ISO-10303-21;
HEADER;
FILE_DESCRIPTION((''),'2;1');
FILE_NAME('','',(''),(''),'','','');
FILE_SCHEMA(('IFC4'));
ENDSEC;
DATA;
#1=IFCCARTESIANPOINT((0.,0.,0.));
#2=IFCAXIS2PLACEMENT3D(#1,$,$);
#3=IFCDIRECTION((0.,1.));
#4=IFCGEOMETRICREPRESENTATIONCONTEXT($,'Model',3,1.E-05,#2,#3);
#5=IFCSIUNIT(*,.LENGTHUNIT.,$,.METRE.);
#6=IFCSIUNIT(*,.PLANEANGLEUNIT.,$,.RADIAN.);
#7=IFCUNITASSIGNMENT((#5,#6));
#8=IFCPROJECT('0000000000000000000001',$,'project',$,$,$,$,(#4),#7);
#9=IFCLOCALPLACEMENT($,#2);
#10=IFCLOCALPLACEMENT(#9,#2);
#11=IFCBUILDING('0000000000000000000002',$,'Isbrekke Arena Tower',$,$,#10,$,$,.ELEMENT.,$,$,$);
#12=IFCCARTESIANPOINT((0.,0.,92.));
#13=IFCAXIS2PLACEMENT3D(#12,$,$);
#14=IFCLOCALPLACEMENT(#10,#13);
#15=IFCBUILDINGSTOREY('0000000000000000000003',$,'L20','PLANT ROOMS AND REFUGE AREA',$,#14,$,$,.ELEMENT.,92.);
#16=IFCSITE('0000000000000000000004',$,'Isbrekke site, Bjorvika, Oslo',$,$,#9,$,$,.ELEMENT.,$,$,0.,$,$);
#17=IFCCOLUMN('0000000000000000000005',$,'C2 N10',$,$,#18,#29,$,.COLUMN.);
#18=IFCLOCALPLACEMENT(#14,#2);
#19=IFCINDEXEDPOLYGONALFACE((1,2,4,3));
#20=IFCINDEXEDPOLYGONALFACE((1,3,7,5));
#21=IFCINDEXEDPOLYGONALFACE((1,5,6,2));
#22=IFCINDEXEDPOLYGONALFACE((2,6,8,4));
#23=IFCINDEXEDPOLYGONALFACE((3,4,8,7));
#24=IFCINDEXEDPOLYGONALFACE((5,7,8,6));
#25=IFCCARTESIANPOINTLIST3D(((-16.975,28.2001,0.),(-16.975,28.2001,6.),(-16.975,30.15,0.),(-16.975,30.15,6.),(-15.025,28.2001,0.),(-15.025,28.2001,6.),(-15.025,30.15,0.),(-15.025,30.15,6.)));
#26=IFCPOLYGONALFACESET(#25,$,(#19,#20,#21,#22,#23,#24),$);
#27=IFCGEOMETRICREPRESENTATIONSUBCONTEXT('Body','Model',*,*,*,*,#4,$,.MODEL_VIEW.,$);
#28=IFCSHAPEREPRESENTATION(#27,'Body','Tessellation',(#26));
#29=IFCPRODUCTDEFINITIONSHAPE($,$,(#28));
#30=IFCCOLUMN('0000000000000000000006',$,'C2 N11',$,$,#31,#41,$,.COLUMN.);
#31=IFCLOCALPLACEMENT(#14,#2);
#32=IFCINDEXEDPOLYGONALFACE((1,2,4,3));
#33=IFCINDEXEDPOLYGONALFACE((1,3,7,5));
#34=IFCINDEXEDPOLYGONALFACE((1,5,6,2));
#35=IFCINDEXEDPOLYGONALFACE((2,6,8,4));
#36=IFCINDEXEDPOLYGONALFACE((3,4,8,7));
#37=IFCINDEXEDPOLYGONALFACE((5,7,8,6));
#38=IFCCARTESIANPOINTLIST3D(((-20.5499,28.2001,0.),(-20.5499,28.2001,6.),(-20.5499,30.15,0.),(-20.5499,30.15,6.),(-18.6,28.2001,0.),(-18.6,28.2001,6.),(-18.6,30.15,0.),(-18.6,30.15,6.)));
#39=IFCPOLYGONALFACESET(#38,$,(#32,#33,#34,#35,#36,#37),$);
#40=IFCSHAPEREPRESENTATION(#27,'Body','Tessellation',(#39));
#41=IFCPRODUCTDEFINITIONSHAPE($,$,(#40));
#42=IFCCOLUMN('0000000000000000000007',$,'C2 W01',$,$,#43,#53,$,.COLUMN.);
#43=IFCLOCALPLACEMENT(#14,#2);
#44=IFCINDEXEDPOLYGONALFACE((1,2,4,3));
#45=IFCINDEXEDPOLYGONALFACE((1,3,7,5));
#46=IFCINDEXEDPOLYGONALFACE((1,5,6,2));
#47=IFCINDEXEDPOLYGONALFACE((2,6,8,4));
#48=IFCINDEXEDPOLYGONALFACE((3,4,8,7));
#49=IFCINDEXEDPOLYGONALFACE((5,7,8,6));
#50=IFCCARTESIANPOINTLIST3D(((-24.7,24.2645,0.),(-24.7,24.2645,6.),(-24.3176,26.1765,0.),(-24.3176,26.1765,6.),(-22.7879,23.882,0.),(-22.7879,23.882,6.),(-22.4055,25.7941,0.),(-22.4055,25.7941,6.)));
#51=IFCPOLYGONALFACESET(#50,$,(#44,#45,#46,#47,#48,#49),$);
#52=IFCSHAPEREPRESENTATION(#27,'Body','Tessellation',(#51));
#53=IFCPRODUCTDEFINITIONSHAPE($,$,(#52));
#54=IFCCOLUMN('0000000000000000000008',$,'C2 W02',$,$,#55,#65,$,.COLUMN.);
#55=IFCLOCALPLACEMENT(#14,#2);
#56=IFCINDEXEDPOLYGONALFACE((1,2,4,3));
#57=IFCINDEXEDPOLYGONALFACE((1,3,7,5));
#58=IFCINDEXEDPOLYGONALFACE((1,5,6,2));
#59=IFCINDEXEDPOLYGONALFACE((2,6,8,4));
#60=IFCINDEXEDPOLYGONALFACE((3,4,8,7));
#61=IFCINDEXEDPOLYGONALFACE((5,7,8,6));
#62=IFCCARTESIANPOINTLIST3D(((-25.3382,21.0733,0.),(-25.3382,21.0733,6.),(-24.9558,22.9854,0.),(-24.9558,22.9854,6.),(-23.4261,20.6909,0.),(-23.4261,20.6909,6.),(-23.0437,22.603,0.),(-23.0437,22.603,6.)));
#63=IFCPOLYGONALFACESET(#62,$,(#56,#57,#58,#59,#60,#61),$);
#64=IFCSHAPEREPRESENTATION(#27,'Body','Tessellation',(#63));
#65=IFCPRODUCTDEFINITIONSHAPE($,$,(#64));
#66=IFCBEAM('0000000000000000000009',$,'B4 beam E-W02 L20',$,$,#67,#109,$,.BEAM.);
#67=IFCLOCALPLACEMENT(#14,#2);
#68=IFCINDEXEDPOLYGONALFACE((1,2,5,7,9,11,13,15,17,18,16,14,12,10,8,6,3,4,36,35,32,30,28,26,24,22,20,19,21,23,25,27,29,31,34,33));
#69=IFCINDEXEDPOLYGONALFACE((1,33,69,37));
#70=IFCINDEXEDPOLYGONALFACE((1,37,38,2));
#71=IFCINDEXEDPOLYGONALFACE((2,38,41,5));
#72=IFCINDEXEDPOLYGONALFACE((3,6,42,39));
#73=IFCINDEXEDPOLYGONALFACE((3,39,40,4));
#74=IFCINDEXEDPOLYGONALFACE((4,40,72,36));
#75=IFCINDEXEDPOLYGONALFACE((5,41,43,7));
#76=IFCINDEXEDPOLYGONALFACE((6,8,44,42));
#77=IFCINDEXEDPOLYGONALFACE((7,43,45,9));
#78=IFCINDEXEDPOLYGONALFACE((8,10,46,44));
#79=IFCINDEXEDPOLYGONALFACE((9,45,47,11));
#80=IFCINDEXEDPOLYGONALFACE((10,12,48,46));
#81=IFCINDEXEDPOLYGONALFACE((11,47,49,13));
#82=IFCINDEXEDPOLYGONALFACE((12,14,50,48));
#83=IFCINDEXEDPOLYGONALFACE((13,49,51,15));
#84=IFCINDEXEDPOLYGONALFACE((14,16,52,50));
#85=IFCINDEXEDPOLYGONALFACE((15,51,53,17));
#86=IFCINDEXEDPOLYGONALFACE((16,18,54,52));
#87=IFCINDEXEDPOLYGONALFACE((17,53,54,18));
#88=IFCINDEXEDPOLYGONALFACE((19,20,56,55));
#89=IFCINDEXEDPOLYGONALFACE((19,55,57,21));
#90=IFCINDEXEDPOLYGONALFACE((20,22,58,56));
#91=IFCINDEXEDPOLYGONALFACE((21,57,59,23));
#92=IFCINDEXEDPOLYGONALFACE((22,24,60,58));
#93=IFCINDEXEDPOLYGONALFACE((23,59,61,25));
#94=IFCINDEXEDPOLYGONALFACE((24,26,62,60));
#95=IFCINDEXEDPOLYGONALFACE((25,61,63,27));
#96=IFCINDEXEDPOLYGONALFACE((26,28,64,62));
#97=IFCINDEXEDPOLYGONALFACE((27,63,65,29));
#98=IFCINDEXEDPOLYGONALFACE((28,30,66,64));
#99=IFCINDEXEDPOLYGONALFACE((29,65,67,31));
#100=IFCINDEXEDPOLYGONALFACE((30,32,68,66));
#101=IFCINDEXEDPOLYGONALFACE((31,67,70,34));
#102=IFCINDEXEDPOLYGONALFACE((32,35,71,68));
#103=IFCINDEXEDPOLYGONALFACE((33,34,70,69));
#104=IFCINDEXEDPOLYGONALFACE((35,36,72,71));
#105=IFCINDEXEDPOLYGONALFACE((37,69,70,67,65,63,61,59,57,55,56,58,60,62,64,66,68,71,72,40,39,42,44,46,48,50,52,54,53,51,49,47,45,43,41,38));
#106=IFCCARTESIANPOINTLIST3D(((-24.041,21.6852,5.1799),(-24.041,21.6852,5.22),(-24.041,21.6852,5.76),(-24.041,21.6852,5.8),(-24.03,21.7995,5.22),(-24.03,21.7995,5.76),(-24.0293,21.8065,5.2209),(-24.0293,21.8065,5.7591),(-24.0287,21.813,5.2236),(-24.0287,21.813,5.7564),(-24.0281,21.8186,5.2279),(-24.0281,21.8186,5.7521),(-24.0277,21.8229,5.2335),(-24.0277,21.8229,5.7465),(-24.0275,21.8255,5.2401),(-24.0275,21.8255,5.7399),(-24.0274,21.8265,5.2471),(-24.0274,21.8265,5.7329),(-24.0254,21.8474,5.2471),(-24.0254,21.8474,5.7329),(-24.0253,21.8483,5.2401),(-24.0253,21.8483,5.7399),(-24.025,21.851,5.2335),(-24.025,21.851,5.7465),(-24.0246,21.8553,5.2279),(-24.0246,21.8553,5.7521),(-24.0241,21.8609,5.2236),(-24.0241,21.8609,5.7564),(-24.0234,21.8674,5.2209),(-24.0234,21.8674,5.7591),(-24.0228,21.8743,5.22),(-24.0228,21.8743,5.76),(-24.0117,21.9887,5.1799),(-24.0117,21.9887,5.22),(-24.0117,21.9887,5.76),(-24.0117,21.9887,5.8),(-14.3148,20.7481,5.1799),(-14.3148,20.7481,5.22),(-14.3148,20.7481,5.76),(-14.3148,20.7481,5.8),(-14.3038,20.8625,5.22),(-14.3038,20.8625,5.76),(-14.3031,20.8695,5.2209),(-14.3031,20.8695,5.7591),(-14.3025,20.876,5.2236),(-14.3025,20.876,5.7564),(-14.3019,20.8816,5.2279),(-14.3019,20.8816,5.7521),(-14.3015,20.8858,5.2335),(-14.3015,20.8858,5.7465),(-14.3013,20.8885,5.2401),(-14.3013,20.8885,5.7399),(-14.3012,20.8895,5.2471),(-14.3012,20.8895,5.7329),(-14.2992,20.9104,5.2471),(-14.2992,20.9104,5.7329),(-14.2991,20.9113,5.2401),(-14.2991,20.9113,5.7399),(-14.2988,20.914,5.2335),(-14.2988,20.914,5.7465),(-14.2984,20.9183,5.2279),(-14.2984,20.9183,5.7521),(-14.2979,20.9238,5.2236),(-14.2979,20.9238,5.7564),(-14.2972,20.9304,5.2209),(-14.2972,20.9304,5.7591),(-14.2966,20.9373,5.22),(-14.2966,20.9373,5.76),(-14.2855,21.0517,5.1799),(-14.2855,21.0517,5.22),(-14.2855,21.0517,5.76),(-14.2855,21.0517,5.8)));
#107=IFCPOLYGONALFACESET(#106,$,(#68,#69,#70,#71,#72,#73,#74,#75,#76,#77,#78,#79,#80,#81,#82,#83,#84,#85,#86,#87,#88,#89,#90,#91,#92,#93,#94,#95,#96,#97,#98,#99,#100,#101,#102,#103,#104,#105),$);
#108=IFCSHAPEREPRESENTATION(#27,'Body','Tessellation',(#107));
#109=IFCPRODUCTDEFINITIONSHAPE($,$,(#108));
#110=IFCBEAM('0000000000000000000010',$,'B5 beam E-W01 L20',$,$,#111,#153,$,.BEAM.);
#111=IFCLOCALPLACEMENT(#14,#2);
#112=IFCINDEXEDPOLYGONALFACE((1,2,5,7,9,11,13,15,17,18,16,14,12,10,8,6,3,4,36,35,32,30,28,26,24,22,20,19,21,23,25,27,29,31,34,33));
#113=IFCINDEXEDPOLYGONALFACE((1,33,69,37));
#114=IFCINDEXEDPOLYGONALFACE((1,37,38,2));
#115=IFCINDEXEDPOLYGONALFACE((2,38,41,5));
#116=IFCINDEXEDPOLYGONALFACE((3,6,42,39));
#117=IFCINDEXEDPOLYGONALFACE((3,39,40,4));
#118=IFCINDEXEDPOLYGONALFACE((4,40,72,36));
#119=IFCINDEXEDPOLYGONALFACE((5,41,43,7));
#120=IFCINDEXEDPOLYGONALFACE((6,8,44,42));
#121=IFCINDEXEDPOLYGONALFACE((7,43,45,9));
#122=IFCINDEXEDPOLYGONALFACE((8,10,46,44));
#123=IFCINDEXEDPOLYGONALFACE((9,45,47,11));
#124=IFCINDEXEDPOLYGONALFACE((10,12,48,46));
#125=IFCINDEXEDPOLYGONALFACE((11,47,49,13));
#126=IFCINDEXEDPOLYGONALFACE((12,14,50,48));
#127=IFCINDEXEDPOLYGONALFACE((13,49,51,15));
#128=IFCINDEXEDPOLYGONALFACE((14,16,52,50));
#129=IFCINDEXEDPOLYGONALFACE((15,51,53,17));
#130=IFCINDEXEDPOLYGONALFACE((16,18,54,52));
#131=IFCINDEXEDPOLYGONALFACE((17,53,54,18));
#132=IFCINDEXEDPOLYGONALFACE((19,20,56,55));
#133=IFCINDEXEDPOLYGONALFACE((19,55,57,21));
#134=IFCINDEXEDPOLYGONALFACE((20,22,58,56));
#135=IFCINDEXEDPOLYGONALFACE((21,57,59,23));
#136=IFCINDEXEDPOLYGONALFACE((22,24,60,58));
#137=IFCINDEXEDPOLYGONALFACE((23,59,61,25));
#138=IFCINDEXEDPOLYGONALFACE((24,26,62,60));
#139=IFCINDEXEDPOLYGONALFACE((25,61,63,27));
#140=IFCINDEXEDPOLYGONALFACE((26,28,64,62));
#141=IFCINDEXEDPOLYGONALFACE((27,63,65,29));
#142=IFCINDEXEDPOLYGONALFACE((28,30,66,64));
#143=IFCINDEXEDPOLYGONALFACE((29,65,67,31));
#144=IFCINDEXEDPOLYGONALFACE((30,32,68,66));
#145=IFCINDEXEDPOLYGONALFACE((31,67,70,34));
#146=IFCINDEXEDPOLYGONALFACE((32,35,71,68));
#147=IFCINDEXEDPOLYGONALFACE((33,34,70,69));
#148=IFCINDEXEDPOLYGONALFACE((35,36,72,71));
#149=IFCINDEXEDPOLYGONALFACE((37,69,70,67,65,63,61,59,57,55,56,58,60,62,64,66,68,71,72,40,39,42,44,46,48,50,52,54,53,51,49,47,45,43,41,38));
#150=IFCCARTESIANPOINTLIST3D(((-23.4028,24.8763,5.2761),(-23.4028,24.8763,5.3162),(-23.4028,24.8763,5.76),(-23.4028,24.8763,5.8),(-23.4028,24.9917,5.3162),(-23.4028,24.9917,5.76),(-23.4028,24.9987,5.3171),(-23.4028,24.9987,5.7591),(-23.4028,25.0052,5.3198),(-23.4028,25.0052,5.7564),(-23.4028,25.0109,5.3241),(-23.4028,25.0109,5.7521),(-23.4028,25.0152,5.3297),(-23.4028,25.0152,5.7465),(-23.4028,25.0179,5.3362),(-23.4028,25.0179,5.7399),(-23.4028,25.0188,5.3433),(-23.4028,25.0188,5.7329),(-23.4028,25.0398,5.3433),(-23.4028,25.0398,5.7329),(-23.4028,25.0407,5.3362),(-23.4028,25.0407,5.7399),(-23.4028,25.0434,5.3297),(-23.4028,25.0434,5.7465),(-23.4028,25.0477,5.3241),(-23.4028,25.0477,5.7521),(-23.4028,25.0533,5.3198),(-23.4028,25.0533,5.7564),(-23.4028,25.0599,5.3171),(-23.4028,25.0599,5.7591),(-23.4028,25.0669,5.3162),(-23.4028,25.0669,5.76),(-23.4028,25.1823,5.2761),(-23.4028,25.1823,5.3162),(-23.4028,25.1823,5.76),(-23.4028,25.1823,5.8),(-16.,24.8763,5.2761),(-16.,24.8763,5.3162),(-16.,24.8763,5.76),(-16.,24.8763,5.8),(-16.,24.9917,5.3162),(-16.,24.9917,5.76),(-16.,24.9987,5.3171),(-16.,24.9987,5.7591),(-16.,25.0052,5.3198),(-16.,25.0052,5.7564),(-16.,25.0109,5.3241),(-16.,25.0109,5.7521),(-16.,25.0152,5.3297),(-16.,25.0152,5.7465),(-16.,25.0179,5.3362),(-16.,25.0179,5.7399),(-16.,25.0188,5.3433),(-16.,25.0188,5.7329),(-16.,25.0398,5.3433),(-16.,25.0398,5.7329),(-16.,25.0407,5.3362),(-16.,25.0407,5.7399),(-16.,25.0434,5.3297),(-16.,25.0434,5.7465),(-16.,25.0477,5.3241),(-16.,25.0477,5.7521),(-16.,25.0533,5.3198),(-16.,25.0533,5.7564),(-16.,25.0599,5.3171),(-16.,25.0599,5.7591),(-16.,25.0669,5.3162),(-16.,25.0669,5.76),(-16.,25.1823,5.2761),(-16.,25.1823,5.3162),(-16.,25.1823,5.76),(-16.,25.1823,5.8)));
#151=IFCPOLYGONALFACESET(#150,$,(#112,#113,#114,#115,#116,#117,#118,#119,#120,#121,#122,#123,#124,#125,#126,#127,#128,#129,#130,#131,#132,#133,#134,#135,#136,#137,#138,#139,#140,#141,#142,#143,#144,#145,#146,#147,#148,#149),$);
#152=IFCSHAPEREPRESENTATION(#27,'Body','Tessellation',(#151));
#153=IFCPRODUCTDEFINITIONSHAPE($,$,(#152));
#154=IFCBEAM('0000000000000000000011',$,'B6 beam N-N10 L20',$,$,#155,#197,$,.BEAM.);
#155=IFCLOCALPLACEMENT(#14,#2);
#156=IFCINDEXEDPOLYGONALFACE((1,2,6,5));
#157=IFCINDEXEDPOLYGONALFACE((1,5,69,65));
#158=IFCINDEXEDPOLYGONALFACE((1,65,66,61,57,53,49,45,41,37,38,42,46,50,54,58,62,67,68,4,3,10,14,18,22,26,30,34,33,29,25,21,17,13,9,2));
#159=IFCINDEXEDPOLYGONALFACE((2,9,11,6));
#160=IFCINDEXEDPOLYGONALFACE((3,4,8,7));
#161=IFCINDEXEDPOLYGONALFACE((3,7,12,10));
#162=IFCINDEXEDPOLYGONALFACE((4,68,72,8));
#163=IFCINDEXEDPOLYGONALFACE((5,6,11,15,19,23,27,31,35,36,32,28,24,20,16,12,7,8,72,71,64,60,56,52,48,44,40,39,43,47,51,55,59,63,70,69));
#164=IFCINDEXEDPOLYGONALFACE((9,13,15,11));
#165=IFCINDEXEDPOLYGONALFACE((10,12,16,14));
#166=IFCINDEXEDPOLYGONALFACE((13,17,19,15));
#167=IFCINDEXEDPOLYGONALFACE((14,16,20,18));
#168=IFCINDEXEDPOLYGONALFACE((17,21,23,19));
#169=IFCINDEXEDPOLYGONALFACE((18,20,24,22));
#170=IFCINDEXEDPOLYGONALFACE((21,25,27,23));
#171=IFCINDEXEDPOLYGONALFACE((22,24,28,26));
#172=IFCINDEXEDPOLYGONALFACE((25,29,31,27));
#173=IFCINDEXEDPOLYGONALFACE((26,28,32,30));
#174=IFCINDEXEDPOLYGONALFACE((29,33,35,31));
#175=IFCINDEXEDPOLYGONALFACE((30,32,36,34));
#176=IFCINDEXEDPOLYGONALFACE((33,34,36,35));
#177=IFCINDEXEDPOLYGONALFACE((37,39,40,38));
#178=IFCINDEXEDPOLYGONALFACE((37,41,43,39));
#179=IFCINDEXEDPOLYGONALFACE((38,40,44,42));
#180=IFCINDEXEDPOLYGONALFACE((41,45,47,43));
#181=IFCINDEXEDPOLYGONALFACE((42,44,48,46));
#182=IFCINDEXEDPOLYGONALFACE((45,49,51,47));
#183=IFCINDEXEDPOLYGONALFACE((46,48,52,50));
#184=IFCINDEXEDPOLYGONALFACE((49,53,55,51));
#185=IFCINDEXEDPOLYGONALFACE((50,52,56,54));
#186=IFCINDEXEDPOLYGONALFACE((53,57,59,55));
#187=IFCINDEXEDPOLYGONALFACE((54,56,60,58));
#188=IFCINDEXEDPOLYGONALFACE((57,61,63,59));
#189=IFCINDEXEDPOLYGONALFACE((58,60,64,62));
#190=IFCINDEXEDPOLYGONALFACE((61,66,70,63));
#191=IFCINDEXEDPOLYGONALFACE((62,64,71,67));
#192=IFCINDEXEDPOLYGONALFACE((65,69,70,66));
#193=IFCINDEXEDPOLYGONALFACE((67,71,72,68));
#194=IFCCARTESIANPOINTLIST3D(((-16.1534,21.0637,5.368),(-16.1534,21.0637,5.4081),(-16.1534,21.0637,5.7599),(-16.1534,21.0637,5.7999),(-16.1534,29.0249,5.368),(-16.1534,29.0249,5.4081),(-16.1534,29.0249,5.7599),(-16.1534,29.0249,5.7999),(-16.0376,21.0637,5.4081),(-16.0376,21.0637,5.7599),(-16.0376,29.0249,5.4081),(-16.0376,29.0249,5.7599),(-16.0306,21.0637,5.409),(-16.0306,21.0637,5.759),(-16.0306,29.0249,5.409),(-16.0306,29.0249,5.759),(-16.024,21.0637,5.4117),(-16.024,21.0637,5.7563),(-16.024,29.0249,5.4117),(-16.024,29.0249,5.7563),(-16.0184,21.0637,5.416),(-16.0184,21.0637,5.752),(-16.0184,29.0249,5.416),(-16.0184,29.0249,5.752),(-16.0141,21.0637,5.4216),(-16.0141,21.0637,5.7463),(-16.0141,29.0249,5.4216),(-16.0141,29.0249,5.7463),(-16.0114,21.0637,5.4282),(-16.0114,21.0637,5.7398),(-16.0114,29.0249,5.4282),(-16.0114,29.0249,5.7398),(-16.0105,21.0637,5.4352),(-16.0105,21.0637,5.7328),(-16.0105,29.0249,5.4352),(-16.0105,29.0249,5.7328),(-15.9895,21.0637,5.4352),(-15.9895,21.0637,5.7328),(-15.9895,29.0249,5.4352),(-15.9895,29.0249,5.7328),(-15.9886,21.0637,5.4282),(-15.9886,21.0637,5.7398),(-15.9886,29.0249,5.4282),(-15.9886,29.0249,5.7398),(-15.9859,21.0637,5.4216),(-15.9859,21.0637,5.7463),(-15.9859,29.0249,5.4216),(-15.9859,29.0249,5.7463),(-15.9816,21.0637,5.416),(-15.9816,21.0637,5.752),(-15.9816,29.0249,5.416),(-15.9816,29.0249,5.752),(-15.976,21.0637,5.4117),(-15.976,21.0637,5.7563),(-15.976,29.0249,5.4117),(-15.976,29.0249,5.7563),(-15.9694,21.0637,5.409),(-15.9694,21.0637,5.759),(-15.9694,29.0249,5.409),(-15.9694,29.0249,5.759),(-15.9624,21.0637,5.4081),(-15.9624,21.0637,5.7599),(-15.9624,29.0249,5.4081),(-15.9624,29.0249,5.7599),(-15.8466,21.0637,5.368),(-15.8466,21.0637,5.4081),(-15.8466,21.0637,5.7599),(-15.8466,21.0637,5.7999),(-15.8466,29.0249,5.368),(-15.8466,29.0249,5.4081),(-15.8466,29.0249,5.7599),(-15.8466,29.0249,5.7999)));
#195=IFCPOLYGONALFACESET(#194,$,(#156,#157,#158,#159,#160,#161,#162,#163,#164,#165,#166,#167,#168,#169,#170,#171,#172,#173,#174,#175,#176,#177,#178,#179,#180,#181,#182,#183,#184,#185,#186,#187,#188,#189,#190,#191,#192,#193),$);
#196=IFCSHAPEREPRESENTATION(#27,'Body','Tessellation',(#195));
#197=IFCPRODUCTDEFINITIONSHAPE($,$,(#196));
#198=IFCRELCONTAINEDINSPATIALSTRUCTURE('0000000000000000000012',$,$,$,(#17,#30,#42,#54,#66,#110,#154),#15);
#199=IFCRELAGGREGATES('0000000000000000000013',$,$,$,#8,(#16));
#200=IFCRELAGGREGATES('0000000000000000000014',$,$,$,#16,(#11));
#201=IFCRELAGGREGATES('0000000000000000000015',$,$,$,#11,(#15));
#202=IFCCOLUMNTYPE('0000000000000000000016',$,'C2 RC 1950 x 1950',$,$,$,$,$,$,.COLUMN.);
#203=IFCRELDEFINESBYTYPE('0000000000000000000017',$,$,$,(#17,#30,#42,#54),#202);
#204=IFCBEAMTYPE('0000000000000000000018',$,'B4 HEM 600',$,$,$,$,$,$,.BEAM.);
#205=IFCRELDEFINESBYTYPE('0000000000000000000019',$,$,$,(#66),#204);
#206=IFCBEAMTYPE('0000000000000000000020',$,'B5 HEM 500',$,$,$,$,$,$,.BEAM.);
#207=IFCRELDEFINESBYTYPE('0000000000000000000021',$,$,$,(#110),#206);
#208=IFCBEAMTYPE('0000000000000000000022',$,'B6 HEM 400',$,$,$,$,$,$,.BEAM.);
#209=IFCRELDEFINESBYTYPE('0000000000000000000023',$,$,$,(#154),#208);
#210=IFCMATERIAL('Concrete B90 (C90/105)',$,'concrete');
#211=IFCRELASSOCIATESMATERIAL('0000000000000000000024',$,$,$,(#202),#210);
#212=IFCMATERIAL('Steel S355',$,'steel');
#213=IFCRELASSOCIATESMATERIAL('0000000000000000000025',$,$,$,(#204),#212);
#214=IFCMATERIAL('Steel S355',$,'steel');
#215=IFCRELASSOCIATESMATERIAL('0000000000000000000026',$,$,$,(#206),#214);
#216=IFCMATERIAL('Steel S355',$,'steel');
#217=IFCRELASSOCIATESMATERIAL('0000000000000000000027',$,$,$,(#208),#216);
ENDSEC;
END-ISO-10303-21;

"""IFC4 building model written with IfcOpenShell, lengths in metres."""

from ifc_helpers import new_model, si_unit, direction, frame, origin, origin_2d, place, context, subcontext, project, spatial, rectangle, i_section, extrude, material, material_profile, profile_set, type_object, element, save


model = new_model("IFC4")

# Units and contexts
model_context = context("Model", 3, precision=1e-05, world=origin(), true_north=direction((0.0, 1.0)))
body_context = subcontext(model_context, "Body", "Model", "MODEL_VIEW")
ifc_project = project(units=[si_unit("LENGTHUNIT", "METRE"), si_unit("PLANEANGLEUNIT", "RADIAN")], contexts=[model_context])

# Site, building, storey
site_placement = place(None, origin())
site = spatial("IfcSite", under=ifc_project, at=site_placement, Name="Isbrekke site, Bjorvika, Oslo", CompositionType="ELEMENT", RefElevation=0.0)
building_placement = place(site_placement, origin())
building = spatial("IfcBuilding", under=site, at=building_placement, Name="Isbrekke Arena Tower", CompositionType="ELEMENT")
storey_placement = place(building_placement, frame((0.0, 0.0, 92.0)))
storey = spatial("IfcBuildingStorey", under=building, at=storey_placement, Name="L20", Description="PLANT ROOMS AND REFUGE AREA", CompositionType="ELEMENT", Elevation=92.0)

# Columns
ifc_material_1 = material(Name="Concrete B90 (C90/105)", Category="concrete")
ifc_material_profile_1 = material_profile(ifc_material_1, rectangle(XDim=1.95, YDim=1.95, at=origin_2d()), Name="RC 1950x1950")
ifc_profile_set_1 = profile_set([ifc_material_profile_1], Name="Concrete B90 (C90/105)")
column_type = type_object("IfcColumnType", Name="C2 RC 1950 x 1950", PredefinedType="COLUMN", material=ifc_profile_set_1)
for number, where, z_axis, x_axis, name in (
    (1, (-16.0, 29.175, 0.0), (0.0, 0.0, 1.0), (-1.0, 0.0, 0.0), "C2 N10"),
    (2, (-19.575, 29.175, 0.0), (0.0, 0.0, 1.0), (-1.0, 0.0, 0.0), "C2 N11"),
    (3, (-23.5527, 25.0293, 0.0), (0.0, 0.0, 1.0), (-0.196116, -0.980581, 0.0), "C2 W01"),
    (4, (-24.1909, 21.8381, 0.0), (0.0, 0.0, 1.0), (-0.196116, -0.980581, 0.0), "C2 W02"),
):
    element("IfcColumn", number, at=place(storey_placement, frame(where, z_axis=z_axis, x_axis=x_axis)), inside=storey, type_object=column_type, Name=name, PredefinedType="COLUMN", context=body_context, shape_type="SweptSolid", body=[
        extrude(rectangle(XDim=1.95, YDim=1.95, at=origin_2d()), origin(), (0.0, 0.0, 1.0), 6.0),
    ])

# Beams
ifc_material_2 = material(Name="Steel S355", Category="steel")
ifc_material_profile_2 = material_profile(ifc_material_2, i_section(OverallWidth=0.3049, OverallDepth=0.6201, WebThickness=0.021, FlangeThickness=0.04, FilletRadius=0.0271, at=origin_2d()), Name="HEM 600")
ifc_profile_set_2 = profile_set([ifc_material_profile_2], Name="Steel S355")
beam_type_1 = type_object("IfcBeamType", Name="B4 HEM 600", PredefinedType="BEAM", material=ifc_profile_set_2)
beam_1_placement = place(storey_placement, frame((-24.0264, 21.8369, 5.49), z_axis=(0.995392, -0.095894, 0.0), x_axis=(0.095894, 0.995392, 0.0)))
element("IfcBeam", 5, at=beam_1_placement, inside=storey, type_object=beam_type_1, Name="B4 beam E-W02 L20", PredefinedType="BEAM", context=body_context, shape_type="SweptSolid", body=[
    extrude(i_section(OverallWidth=0.3049, OverallDepth=0.6201, WebThickness=0.021, FlangeThickness=0.04, FilletRadius=0.0271, at=origin_2d()), origin(), (0.0, 0.0, 1.0), 9.7712),
])
ifc_material_3 = material(Name="Steel S355", Category="steel")
ifc_material_profile_3 = material_profile(ifc_material_3, i_section(OverallWidth=0.3059, OverallDepth=0.5239, WebThickness=0.021, FlangeThickness=0.04, FilletRadius=0.0271, at=origin_2d()), Name="HEM 500")
ifc_profile_set_3 = profile_set([ifc_material_profile_3], Name="Steel S355")
beam_type_2 = type_object("IfcBeamType", Name="B5 HEM 500", PredefinedType="BEAM", material=ifc_profile_set_3)
beam_2_placement = place(storey_placement, frame((-23.4028, 25.0293, 5.5381), z_axis=(1.0, 0.0, 0.0), x_axis=(0.0, 1.0, 0.0)))
element("IfcBeam", 6, at=beam_2_placement, inside=storey, type_object=beam_type_2, Name="B5 beam E-W01 L20", PredefinedType="BEAM", context=body_context, shape_type="SweptSolid", body=[
    extrude(i_section(OverallWidth=0.3059, OverallDepth=0.5239, WebThickness=0.021, FlangeThickness=0.04, FilletRadius=0.0271, at=origin_2d()), origin(), (0.0, 0.0, 1.0), 7.4028),
])
ifc_material_4 = material(Name="Steel S355", Category="steel")
ifc_material_profile_4 = material_profile(ifc_material_4, i_section(OverallWidth=0.3069, OverallDepth=0.4319, WebThickness=0.021, FlangeThickness=0.04, FilletRadius=0.0271, at=origin_2d()), Name="HEM 400")
ifc_profile_set_4 = profile_set([ifc_material_profile_4], Name="Steel S355")
beam_type_3 = type_object("IfcBeamType", Name="B6 HEM 400", PredefinedType="BEAM", material=ifc_profile_set_4)
beam_3_placement = place(storey_placement, frame((-16.0, 29.0249, 5.584), z_axis=(0.0, -1.0, 0.0), x_axis=(1.0, 0.0, 0.0)))
element("IfcBeam", 7, at=beam_3_placement, inside=storey, type_object=beam_type_3, Name="B6 beam N-N10 L20", PredefinedType="BEAM", context=body_context, shape_type="SweptSolid", body=[
    extrude(i_section(OverallWidth=0.3069, OverallDepth=0.4319, WebThickness=0.021, FlangeThickness=0.04, FilletRadius=0.0271, at=origin_2d()), origin(), (0.0, 0.0, 1.0), 7.9612),
])

save(model, "model.ifc")
